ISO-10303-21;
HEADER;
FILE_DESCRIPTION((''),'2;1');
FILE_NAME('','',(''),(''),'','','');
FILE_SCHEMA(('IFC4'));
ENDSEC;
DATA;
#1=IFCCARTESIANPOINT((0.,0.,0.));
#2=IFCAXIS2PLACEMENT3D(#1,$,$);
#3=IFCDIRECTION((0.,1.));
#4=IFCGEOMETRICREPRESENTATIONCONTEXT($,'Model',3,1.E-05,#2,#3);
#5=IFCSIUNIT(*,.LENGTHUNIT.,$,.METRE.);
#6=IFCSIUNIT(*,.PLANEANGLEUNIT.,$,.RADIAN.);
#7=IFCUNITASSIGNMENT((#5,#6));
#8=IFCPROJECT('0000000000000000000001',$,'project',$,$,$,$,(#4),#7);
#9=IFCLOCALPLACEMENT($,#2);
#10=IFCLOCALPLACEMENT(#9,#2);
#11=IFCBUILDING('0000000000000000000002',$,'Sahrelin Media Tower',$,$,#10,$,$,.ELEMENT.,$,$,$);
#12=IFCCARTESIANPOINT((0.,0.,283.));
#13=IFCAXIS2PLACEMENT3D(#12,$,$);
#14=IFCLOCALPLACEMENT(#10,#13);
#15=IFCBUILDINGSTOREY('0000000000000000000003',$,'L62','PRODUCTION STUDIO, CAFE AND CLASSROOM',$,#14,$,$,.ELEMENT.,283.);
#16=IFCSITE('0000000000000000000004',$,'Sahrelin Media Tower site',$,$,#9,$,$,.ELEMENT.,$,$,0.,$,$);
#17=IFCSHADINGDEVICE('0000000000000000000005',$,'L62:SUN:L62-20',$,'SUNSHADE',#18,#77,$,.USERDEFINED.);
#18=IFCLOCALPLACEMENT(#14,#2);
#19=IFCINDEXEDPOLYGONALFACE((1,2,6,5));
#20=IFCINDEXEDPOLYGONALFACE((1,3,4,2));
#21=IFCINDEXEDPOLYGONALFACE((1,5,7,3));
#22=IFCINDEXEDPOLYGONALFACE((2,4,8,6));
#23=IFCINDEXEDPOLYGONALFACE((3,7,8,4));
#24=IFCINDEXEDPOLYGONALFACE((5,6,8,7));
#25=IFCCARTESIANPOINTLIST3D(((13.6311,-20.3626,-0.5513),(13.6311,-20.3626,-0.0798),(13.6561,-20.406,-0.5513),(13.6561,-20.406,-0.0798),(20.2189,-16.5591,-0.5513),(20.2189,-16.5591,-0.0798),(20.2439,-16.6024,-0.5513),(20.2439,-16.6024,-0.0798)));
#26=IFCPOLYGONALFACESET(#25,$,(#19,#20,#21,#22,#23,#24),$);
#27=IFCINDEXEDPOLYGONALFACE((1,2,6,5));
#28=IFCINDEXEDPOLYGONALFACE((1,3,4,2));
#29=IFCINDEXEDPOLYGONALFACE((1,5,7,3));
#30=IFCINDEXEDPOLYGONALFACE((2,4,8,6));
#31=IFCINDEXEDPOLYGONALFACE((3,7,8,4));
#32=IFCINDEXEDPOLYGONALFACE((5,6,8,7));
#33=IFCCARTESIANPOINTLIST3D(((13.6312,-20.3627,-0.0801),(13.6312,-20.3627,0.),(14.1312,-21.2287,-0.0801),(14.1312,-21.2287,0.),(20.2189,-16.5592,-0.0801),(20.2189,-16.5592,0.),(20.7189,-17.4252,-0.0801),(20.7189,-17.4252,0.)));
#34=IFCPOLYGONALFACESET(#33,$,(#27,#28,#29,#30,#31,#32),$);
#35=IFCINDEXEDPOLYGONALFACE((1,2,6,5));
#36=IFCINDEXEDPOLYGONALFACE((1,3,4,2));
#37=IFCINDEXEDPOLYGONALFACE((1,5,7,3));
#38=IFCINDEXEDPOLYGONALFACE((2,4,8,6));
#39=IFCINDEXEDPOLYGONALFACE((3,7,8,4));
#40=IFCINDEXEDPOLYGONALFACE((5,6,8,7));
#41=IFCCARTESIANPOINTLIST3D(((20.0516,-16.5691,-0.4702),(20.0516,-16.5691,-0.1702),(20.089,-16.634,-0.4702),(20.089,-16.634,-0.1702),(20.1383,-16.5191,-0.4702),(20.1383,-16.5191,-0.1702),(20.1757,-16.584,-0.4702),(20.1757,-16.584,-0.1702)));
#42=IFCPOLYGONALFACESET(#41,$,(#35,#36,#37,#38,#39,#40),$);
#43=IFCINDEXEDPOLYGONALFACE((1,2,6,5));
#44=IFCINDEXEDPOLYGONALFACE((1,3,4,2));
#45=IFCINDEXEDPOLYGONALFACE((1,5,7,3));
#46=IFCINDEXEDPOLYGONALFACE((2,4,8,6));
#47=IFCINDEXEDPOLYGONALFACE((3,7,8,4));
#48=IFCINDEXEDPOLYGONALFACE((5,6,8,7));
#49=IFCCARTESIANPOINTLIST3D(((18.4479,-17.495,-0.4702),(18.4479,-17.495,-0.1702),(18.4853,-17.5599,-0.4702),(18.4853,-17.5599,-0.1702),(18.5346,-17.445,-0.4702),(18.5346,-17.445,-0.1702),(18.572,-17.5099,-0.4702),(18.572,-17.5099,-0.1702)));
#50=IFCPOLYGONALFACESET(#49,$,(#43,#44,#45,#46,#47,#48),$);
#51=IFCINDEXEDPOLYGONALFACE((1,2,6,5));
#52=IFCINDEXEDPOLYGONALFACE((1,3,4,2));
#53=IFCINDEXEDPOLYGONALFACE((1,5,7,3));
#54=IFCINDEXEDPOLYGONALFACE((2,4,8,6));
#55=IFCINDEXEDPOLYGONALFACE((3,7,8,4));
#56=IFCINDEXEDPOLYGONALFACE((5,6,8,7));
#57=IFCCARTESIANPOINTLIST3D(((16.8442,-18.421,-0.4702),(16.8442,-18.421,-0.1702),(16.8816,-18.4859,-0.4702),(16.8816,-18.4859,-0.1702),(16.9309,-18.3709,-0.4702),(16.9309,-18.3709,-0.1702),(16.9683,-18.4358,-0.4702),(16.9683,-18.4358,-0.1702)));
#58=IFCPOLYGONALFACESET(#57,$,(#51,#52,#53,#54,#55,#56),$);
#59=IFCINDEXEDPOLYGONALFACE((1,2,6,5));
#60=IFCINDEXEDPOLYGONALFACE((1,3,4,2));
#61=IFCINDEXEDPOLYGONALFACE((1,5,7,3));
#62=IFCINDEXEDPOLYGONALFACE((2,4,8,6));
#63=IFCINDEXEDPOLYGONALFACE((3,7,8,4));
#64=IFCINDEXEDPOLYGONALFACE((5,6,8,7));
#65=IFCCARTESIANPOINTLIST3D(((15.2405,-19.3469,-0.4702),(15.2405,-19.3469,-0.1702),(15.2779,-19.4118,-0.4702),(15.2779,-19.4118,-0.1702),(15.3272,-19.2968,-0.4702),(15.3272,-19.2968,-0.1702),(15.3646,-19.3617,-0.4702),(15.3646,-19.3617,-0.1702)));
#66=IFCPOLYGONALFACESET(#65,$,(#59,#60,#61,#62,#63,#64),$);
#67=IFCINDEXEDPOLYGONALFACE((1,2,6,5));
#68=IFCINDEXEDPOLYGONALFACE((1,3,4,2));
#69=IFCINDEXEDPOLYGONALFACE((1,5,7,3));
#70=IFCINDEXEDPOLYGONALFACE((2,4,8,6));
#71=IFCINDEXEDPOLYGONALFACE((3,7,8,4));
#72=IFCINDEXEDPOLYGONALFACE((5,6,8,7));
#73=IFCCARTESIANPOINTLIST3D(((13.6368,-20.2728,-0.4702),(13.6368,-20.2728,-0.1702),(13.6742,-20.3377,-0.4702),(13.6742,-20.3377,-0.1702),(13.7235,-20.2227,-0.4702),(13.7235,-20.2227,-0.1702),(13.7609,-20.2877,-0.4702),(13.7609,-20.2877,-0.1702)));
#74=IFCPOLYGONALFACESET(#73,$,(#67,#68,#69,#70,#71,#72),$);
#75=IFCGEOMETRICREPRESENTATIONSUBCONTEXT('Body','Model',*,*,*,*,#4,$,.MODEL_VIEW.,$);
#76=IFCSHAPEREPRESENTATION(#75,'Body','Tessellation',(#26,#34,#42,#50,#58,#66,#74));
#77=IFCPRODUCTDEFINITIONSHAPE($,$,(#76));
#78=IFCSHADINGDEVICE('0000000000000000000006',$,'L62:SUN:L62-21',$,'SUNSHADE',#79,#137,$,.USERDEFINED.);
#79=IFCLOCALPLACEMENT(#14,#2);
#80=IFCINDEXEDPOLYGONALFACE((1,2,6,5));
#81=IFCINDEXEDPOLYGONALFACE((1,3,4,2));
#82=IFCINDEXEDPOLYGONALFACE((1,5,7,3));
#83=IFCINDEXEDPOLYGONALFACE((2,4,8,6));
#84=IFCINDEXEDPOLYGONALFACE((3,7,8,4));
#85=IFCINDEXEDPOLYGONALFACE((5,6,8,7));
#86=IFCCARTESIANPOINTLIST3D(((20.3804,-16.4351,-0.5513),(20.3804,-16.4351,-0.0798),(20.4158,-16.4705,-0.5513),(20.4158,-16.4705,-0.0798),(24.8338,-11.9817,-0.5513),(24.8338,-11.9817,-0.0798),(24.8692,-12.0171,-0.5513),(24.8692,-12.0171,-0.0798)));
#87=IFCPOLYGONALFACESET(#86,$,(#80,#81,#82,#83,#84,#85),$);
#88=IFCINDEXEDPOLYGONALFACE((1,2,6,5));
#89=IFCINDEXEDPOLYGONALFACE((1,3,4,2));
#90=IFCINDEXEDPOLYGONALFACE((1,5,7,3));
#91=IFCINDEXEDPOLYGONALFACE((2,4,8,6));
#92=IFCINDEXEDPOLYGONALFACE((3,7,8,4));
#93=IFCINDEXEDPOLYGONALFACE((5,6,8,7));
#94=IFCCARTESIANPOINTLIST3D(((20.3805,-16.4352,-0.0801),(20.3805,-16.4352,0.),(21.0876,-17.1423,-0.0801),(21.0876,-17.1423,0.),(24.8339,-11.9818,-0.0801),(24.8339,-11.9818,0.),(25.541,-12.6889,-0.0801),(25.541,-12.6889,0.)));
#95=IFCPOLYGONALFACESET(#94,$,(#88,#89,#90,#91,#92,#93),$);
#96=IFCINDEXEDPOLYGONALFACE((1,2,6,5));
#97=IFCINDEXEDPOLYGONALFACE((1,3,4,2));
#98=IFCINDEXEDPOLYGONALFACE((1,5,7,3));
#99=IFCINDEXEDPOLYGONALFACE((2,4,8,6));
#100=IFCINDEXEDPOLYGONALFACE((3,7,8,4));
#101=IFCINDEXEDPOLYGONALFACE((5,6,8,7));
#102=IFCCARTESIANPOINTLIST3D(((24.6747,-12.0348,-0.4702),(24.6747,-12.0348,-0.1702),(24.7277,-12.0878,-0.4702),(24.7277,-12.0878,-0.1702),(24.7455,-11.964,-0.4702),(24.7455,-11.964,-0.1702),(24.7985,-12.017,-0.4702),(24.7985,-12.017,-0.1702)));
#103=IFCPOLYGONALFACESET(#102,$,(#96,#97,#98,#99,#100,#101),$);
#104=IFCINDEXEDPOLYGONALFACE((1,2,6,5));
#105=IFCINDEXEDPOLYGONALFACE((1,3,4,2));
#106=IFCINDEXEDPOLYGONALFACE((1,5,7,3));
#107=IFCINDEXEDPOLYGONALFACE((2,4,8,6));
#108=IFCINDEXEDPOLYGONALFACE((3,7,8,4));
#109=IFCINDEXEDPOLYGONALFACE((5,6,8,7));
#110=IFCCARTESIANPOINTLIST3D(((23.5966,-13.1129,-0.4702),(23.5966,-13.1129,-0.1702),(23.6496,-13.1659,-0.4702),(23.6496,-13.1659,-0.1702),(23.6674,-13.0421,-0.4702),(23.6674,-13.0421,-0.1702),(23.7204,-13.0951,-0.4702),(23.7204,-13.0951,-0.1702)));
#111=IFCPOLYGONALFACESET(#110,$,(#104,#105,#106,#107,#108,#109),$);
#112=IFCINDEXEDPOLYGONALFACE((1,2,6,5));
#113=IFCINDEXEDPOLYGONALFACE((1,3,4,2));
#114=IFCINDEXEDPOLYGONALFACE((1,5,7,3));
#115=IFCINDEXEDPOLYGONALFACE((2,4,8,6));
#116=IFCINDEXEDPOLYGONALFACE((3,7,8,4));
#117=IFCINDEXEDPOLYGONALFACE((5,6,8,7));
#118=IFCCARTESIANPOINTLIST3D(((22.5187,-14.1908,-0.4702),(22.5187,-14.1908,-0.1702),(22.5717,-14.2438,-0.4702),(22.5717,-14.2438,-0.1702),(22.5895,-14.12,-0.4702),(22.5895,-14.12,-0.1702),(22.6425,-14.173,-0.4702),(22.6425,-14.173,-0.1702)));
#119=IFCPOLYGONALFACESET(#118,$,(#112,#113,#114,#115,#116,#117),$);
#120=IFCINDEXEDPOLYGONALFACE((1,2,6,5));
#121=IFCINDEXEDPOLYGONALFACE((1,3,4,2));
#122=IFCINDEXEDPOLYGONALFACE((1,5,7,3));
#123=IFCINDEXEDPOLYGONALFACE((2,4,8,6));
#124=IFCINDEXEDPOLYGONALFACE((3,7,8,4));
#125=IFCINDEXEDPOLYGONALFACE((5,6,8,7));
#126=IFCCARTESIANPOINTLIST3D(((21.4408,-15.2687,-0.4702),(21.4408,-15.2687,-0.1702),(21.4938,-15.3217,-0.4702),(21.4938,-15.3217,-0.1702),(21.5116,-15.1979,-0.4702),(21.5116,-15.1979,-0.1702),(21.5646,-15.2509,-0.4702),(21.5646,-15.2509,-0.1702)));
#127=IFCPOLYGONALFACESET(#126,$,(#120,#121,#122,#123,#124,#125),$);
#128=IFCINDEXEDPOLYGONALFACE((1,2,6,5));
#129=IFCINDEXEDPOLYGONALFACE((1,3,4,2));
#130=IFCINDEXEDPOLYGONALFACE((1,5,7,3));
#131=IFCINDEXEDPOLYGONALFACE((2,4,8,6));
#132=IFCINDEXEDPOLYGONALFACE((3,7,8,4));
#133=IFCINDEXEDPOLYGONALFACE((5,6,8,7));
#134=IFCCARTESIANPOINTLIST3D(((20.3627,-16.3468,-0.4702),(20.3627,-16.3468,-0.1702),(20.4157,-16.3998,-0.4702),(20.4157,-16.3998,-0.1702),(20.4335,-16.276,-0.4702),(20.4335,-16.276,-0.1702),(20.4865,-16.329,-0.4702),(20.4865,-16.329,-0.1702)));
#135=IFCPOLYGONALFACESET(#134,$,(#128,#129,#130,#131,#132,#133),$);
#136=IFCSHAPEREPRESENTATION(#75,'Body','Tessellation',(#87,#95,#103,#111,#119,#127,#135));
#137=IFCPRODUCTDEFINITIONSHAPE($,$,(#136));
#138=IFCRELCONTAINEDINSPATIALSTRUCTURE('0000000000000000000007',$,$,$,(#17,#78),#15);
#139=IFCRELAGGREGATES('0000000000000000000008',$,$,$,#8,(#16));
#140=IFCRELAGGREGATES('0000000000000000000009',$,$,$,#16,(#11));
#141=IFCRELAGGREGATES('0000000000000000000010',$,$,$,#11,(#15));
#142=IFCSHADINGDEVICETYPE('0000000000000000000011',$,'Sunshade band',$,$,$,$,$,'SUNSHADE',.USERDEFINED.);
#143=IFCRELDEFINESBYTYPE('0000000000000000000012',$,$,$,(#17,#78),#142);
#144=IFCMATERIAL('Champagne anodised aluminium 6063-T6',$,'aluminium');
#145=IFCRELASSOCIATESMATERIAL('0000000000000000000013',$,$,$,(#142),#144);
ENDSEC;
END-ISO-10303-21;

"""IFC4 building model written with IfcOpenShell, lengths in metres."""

from ifc_helpers import new_model, si_unit, direction, frame, origin, origin_2d, place, context, subcontext, project, spatial, rectangle, extrude, material, type_object, element, save


model = new_model("IFC4")

# Units and contexts
model_context = context("Model", 3, precision=1e-05, world=origin(), true_north=direction((0.0, 1.0)))
body_context = subcontext(model_context, "Body", "Model", "MODEL_VIEW")
ifc_project = project(units=[si_unit("LENGTHUNIT", "METRE"), si_unit("PLANEANGLEUNIT", "RADIAN")], contexts=[model_context])

# Site, building, storey
site_placement = place(None, origin())
site = spatial("IfcSite", under=ifc_project, at=site_placement, Name="Sahrelin Media Tower site", CompositionType="ELEMENT", RefElevation=0.0)
building_placement = place(site_placement, origin())
building = spatial("IfcBuilding", under=site, at=building_placement, Name="Sahrelin Media Tower", CompositionType="ELEMENT")
storey_placement = place(building_placement, frame((0.0, 0.0, 283.0)))
storey = spatial("IfcBuildingStorey", under=building, at=storey_placement, Name="L62", Description="PRODUCTION STUDIO, CAFE AND CLASSROOM", CompositionType="ELEMENT", Elevation=283.0)

# Shared definitions
ifc_material_1 = material(Name="Champagne anodised aluminium 6063-T6", Category="aluminium")

# Shading devices
placement_1 = place(storey_placement, frame((16.915, -18.4436, 0.0), z_axis=(0.0, 0.0, 1.0), x_axis=(-0.866019, -0.500011, 0.0)))
placement_2 = place(storey_placement, frame((22.593, -14.1943, 0.0), z_axis=(0.0, 0.0, 1.0), x_axis=(-0.707107, -0.707107, 0.0)))
shading_device_type_1 = type_object("IfcShadingDeviceType", Name="Sunshade band", ElementType="SUNSHADE", PredefinedType="USERDEFINED", material=ifc_material_1)
element("IfcShadingDevice", 1, at=placement_1, inside=storey, type_object=shading_device_type_1, Name="L62:SUN:L62-20", ObjectType="SUNSHADE", PredefinedType="USERDEFINED", context=body_context, shape_type="SweptSolid", body=[
    extrude(rectangle(XDim=7.6069, YDim=0.05, at=origin_2d()), frame((0.0, 0.0449, -0.5513)), (0.0, 0.0, 1.0), 0.4714),
    extrude(rectangle(XDim=7.6069, YDim=1.0, at=origin_2d()), frame((0.0, 0.52, -0.0801)), (0.0, 0.0, 1.0), 0.0801),
    extrude(rectangle(XDim=0.1001, YDim=0.075, at=origin_2d()), frame((-3.7036, -0.0176, -0.4702)), (0.0, 0.0, 1.0), 0.3),
    extrude(rectangle(XDim=0.1001, YDim=0.075, at=origin_2d()), frame((-1.8518, -0.0176, -0.4702)), (0.0, 0.0, 1.0), 0.3),
    extrude(rectangle(XDim=0.1001, YDim=0.075, at=origin_2d()), frame((0.0, -0.0176, -0.4702)), (0.0, 0.0, 1.0), 0.3),
    extrude(rectangle(XDim=0.1001, YDim=0.075, at=origin_2d()), frame((1.8518, -0.0176, -0.4702)), (0.0, 0.0, 1.0), 0.3),
    extrude(rectangle(XDim=0.1001, YDim=0.075, at=origin_2d()), frame((3.7036, -0.0176, -0.4702)), (0.0, 0.0, 1.0), 0.3),
])
element("IfcShadingDevice", 2, at=placement_2, inside=storey, type_object=shading_device_type_1, Name="L62:SUN:L62-21", ObjectType="SUNSHADE", PredefinedType="USERDEFINED", context=body_context, shape_type="SweptSolid", body=[
    extrude(rectangle(XDim=6.2981, YDim=0.05, at=origin_2d()), frame((0.0, 0.0449, -0.5513)), (0.0, 0.0, 1.0), 0.4714),
    extrude(rectangle(XDim=6.2981, YDim=1.0, at=origin_2d()), frame((0.0, 0.52, -0.0801)), (0.0, 0.0, 1.0), 0.0801),
    extrude(rectangle(XDim=0.1001, YDim=0.075, at=origin_2d()), frame((-3.0491, -0.0176, -0.4702)), (0.0, 0.0, 1.0), 0.3),
    extrude(rectangle(XDim=0.1001, YDim=0.075, at=origin_2d()), frame((-1.5244, -0.0176, -0.4702)), (0.0, 0.0, 1.0), 0.3),
    extrude(rectangle(XDim=0.1001, YDim=0.075, at=origin_2d()), frame((0.0, -0.0176, -0.4702)), (0.0, 0.0, 1.0), 0.3),
    extrude(rectangle(XDim=0.1001, YDim=0.075, at=origin_2d()), frame((1.5244, -0.0176, -0.4702)), (0.0, 0.0, 1.0), 0.3),
    extrude(rectangle(XDim=0.1001, YDim=0.075, at=origin_2d()), frame((3.0491, -0.0176, -0.4702)), (0.0, 0.0, 1.0), 0.3),
])

save(model, "model.ifc")
